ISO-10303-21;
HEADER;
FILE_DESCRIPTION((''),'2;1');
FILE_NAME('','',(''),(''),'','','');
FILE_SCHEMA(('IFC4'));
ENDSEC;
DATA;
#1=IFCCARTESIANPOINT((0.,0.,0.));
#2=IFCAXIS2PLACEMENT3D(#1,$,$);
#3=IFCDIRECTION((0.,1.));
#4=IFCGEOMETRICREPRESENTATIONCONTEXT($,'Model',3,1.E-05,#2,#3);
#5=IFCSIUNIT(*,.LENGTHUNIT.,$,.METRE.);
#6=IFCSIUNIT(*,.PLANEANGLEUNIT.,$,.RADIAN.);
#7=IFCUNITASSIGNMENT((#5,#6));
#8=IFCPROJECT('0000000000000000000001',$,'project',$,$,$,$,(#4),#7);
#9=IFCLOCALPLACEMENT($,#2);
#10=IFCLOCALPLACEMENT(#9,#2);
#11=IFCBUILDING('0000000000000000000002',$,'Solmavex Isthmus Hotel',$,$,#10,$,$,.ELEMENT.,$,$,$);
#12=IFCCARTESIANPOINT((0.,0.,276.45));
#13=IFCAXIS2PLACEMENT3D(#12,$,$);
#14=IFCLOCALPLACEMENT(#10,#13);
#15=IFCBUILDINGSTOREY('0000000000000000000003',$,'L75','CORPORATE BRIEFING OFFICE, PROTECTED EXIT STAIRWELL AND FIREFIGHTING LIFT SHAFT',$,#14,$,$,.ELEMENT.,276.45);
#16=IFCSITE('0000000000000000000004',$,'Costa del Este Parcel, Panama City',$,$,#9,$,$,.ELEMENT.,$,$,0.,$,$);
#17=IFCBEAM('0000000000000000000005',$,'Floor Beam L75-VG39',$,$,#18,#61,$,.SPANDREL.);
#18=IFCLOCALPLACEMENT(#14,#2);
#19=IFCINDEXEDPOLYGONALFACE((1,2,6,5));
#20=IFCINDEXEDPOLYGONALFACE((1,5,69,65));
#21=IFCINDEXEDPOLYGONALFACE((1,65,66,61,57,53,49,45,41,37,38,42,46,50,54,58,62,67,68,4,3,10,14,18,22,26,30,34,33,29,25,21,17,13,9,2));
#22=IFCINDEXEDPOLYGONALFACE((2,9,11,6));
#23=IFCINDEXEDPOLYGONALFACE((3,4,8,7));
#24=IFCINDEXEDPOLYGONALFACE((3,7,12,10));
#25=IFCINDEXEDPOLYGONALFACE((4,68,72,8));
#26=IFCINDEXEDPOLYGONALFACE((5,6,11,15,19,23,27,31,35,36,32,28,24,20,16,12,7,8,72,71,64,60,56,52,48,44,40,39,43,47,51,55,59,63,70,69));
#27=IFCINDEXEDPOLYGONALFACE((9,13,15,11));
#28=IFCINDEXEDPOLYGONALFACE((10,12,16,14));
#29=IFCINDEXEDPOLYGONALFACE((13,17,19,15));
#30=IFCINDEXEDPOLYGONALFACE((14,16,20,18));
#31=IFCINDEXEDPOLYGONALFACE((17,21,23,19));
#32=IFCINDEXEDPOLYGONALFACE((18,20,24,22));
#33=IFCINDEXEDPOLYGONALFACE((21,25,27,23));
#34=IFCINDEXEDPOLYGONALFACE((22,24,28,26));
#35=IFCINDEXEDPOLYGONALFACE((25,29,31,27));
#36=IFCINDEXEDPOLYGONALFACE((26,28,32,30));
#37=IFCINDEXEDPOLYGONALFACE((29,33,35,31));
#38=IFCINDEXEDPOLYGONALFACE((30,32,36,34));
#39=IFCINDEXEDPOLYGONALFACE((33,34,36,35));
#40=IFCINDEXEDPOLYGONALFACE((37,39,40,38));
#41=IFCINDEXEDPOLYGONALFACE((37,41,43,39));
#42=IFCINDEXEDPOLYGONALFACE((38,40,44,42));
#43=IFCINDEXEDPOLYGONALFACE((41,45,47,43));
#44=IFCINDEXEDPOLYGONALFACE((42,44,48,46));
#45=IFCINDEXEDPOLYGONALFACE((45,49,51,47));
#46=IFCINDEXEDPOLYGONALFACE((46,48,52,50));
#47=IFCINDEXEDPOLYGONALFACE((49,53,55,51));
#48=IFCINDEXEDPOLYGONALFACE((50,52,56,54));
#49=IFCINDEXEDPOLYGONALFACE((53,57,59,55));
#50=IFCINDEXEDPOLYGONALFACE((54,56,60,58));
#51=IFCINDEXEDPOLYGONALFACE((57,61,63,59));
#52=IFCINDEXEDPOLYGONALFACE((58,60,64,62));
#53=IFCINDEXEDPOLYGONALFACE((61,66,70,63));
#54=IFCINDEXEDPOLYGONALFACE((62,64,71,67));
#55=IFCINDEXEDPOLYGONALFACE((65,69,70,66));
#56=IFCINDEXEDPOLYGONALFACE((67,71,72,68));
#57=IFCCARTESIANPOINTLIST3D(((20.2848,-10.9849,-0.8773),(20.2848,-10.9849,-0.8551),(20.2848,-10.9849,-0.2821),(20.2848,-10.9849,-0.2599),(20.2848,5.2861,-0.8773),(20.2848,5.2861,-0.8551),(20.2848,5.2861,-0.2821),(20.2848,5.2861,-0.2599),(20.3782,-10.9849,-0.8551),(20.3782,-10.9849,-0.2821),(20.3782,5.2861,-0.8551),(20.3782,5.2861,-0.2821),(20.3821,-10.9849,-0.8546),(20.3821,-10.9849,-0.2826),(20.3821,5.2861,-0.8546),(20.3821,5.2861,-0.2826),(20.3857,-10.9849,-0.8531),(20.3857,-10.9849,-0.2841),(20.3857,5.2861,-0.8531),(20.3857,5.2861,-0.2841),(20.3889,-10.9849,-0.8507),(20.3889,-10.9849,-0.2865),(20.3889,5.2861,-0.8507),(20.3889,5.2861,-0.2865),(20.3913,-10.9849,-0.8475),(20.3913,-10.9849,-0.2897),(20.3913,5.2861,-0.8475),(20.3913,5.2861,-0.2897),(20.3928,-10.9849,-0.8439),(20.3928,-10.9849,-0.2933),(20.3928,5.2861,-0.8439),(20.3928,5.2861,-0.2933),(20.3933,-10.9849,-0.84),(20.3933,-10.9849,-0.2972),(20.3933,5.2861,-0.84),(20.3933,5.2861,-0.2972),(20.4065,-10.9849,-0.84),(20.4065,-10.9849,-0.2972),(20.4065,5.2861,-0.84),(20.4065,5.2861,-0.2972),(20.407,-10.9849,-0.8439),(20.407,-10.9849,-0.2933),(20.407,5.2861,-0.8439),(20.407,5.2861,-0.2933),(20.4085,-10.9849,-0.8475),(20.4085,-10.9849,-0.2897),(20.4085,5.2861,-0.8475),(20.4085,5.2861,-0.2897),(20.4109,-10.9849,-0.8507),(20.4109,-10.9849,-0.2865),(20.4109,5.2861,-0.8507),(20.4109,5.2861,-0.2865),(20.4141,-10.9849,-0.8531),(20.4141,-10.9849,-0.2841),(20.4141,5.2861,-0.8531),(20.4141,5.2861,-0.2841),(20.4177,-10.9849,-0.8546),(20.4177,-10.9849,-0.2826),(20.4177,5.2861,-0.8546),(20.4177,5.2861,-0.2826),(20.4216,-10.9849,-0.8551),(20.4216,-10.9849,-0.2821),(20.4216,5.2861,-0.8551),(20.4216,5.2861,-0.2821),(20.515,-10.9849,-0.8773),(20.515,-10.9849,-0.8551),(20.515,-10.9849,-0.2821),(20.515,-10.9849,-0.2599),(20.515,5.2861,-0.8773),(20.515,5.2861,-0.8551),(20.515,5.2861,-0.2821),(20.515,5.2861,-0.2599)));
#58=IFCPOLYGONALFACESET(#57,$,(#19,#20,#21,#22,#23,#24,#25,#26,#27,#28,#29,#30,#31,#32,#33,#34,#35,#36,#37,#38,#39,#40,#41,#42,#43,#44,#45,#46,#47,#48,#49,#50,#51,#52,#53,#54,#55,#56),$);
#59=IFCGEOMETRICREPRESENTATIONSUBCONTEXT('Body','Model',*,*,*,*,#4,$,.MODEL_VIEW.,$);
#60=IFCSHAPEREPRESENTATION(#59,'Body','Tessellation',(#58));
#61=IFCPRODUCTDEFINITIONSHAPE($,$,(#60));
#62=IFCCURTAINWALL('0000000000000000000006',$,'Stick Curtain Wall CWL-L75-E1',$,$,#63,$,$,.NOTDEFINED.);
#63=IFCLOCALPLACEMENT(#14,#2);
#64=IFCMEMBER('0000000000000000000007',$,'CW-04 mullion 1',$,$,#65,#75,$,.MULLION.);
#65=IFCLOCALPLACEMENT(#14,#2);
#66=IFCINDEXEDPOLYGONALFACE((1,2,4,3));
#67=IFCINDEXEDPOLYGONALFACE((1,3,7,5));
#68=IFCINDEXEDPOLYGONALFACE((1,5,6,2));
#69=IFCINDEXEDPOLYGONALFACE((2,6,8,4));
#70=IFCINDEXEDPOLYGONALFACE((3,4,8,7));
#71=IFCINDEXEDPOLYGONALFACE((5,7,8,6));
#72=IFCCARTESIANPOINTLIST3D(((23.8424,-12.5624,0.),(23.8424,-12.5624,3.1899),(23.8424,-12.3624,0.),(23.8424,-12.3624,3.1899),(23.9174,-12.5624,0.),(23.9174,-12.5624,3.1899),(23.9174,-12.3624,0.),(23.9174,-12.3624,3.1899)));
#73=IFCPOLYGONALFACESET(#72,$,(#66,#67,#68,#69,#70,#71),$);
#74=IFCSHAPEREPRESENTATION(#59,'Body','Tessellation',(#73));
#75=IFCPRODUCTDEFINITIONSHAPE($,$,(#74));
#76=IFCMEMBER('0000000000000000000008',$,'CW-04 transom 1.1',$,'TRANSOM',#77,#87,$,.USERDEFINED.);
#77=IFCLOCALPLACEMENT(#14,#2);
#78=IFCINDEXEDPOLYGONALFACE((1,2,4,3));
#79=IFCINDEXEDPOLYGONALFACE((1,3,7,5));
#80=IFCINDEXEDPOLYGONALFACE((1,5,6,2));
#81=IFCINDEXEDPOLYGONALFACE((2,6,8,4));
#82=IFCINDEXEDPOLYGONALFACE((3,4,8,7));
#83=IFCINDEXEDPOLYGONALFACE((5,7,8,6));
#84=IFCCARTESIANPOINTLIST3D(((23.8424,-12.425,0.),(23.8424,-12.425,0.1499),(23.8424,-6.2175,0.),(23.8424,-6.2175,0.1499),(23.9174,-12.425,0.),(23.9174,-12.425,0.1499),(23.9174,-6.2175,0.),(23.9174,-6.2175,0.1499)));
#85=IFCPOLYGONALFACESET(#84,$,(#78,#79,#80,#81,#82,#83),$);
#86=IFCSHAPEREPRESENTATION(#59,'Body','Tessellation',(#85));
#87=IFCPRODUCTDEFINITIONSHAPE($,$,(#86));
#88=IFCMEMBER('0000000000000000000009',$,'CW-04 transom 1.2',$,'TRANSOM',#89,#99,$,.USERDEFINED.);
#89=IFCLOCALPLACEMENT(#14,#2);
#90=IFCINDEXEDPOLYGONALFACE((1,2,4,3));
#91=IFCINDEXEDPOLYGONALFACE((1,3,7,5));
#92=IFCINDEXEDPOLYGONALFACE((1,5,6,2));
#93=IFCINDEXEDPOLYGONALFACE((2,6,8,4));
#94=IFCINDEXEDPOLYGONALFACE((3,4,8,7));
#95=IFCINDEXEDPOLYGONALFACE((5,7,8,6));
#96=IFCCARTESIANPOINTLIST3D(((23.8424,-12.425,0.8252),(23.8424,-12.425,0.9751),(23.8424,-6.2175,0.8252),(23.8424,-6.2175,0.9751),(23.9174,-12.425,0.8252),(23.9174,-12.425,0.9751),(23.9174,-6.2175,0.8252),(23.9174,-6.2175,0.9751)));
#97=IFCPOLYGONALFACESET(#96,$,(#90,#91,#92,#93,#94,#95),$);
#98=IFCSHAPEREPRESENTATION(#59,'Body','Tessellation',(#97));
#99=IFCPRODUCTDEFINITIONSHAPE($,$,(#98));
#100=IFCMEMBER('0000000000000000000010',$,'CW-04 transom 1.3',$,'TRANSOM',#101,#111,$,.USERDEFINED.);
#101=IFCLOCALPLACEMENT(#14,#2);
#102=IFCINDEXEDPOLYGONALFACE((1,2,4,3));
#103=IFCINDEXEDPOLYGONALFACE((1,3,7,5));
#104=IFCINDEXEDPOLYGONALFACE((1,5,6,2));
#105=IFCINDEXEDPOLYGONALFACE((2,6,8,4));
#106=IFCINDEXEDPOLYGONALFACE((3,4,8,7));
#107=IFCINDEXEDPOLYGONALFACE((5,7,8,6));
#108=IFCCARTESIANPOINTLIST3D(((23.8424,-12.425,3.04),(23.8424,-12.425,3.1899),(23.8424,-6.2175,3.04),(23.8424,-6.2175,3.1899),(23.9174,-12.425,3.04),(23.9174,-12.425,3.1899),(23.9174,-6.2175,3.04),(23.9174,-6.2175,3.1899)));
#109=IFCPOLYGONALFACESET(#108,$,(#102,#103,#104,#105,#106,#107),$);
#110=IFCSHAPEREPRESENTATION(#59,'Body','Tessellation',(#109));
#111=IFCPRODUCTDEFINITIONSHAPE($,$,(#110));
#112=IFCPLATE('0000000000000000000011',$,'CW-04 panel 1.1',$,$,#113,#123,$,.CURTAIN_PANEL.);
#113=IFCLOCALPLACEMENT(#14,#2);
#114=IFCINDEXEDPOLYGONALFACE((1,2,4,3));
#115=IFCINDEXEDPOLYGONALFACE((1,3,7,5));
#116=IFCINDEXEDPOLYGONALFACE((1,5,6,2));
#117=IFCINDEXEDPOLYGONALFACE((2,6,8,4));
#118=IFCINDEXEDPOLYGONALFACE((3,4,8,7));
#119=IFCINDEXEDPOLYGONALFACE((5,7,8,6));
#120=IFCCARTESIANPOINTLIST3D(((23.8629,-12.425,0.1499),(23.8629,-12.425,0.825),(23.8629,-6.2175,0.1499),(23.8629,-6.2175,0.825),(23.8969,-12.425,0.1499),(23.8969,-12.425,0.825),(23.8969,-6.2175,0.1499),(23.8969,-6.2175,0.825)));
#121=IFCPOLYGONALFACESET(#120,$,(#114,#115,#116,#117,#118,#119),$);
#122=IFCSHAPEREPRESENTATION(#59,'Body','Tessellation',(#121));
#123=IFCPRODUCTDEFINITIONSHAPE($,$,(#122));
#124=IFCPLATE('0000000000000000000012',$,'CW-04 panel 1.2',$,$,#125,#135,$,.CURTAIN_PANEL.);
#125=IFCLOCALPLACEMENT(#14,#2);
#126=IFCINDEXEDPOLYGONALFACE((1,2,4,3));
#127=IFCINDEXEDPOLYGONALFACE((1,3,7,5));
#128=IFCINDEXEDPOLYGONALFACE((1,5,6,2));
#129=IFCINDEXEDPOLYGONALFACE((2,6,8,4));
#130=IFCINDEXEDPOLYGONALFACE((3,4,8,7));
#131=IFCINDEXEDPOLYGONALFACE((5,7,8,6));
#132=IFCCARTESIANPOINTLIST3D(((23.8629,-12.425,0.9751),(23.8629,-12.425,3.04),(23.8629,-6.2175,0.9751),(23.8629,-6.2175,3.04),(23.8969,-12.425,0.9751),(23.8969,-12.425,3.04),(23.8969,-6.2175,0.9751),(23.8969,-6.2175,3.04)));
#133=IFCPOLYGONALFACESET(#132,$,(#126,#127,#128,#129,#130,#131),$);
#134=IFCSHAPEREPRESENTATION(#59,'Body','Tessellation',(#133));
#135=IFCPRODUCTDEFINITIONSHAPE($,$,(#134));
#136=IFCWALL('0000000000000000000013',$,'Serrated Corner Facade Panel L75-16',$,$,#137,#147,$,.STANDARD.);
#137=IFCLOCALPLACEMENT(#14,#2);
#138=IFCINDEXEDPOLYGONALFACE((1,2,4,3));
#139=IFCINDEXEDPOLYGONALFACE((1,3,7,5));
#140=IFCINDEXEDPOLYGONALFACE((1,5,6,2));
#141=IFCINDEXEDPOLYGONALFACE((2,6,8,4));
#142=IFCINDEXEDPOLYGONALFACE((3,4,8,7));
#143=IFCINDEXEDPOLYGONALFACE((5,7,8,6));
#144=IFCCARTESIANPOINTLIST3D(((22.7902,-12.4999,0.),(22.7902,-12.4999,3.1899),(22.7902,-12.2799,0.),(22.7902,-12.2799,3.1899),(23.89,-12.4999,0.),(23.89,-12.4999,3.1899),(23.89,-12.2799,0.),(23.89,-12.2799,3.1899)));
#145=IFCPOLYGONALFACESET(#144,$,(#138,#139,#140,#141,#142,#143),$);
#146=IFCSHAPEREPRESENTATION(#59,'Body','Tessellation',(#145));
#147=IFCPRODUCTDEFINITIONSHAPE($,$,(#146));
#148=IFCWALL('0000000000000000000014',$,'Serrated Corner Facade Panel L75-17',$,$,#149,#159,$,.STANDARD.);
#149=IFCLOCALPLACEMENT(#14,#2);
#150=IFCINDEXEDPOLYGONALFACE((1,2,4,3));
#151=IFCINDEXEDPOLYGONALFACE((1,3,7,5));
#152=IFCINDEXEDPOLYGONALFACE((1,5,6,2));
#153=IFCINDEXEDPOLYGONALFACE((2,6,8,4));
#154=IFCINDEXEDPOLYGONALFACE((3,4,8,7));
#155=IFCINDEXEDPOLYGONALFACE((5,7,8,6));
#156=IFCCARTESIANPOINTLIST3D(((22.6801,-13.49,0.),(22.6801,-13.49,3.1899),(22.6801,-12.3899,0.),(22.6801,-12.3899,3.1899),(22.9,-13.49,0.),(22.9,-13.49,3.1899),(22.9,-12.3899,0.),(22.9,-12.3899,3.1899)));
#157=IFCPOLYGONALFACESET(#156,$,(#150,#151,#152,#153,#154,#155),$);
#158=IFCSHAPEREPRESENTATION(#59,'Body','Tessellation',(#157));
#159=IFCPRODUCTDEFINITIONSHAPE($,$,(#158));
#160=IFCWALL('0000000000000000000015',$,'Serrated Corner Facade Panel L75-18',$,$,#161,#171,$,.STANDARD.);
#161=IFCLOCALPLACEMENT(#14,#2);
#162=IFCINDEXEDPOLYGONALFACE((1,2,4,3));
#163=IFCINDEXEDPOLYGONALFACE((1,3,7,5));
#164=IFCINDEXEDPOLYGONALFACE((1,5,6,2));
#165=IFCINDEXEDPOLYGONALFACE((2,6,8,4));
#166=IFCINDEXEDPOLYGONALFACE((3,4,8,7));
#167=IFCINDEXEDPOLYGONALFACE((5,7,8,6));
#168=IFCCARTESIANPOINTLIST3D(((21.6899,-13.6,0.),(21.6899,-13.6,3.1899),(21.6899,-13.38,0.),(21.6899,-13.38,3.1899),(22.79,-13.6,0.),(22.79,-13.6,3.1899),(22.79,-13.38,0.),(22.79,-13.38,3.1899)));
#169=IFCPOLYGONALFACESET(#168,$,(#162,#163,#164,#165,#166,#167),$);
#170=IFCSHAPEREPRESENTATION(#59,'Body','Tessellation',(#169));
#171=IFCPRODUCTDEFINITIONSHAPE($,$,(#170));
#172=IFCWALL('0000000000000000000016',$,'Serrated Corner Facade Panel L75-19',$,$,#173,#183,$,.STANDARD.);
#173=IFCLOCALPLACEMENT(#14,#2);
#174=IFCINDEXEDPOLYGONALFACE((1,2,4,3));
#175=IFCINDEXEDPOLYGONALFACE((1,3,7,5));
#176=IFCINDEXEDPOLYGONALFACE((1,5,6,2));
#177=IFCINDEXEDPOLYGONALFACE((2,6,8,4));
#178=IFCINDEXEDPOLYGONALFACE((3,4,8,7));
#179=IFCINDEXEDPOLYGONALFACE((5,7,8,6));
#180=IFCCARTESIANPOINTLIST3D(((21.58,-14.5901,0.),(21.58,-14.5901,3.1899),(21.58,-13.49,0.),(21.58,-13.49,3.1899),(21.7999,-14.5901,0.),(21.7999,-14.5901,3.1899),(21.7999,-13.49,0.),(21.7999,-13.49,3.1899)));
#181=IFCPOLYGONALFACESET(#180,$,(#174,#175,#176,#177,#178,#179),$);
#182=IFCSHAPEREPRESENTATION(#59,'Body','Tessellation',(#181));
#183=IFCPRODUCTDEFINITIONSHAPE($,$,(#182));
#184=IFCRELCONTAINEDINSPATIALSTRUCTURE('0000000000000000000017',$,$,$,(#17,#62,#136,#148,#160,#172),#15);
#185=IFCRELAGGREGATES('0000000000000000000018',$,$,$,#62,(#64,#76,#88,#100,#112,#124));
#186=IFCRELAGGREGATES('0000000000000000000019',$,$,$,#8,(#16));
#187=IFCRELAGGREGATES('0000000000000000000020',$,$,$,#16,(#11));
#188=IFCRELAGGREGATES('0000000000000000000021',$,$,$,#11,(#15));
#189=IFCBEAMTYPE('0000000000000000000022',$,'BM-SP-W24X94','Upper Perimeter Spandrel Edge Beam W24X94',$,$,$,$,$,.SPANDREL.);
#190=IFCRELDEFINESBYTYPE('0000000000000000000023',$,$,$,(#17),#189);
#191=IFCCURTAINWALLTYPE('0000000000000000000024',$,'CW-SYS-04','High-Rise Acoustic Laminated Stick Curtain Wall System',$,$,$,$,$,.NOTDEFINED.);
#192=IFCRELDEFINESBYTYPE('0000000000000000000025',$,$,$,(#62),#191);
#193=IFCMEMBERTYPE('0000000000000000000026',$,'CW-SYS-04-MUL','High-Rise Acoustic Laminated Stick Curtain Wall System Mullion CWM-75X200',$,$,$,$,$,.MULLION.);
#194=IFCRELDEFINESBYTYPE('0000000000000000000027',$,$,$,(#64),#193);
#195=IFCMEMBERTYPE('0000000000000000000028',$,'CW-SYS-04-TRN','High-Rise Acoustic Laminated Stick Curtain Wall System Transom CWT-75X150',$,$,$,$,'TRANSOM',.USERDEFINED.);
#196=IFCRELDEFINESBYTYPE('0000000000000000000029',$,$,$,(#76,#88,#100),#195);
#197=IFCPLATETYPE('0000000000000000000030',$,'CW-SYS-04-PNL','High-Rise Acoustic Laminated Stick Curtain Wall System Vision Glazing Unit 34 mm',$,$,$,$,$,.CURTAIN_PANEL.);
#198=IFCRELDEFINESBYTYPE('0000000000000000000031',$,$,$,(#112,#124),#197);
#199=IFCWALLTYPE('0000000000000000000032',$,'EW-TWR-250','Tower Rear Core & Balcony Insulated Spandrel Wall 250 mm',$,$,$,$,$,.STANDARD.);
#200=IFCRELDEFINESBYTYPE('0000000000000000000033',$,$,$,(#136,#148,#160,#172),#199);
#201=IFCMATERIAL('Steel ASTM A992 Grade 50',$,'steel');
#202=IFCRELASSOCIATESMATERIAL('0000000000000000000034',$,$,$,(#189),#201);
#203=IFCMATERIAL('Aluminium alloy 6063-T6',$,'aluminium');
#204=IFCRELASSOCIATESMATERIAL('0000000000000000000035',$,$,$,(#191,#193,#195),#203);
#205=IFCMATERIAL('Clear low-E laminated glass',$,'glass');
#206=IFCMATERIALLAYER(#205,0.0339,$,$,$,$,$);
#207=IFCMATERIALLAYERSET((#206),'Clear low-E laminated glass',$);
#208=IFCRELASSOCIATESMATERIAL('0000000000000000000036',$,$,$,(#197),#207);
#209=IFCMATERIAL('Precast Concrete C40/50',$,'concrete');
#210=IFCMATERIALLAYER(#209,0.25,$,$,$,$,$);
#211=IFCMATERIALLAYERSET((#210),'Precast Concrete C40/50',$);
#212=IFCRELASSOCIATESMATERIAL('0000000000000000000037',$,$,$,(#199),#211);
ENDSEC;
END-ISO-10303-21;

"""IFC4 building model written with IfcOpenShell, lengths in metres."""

from ifc_helpers import new_model, si_unit, direction, frame, frame_2d, origin, origin_2d, place, context, subcontext, project, spatial, rectangle, i_section, extrude, material, layer, layer_set, material_profile, profile_set, type_object, element, aggregate, save


model = new_model("IFC4")

# Units and contexts
model_context = context("Model", 3, precision=1e-05, world=origin(), true_north=direction((0.0, 1.0)))
body_context = subcontext(model_context, "Body", "Model", "MODEL_VIEW")
ifc_project = project(units=[si_unit("LENGTHUNIT", "METRE"), si_unit("PLANEANGLEUNIT", "RADIAN")], contexts=[model_context])

# Site, building, storey
site_placement = place(None, origin())
site = spatial("IfcSite", under=ifc_project, at=site_placement, Name="Costa del Este Parcel, Panama City", CompositionType="ELEMENT", RefElevation=0.0)
building_placement = place(site_placement, origin())
building = spatial("IfcBuilding", under=site, at=building_placement, Name="Solmavex Isthmus Hotel", CompositionType="ELEMENT")
storey_placement = place(building_placement, frame((0.0, 0.0, 276.45)))
storey = spatial("IfcBuildingStorey", under=building, at=storey_placement, Name="L75", Description="CORPORATE BRIEFING OFFICE, PROTECTED EXIT STAIRWELL AND FIREFIGHTING LIFT SHAFT", CompositionType="ELEMENT", Elevation=276.45)

# Beam
ifc_material_1 = material(Name="Steel ASTM A992 Grade 50", Category="steel")
ifc_material_profile_1 = material_profile(ifc_material_1, i_section(OverallWidth=0.2302, OverallDepth=0.6174, WebThickness=0.0132, FlangeThickness=0.0222, FilletRadius=0.0151, at=origin_2d()), Name="W24X94")
ifc_profile_set_1 = profile_set([ifc_material_profile_1], Name="Steel ASTM A992 Grade 50")
beam_type_1 = type_object("IfcBeamType", Name="BM-SP-W24X94", Description="Upper Perimeter Spandrel Edge Beam W24X94", PredefinedType="SPANDREL", material=ifc_profile_set_1)
beam_1_placement = place(storey_placement, frame((20.3999, -10.9849, -0.5686), z_axis=(0.0, 1.0, 0.0), x_axis=(-1.0, 0.0, 0.0)))
element("IfcBeam", 1, at=beam_1_placement, inside=storey, type_object=beam_type_1, Name="Floor Beam L75-VG39", PredefinedType="SPANDREL", context=body_context, shape_type="SweptSolid", body=[
    extrude(i_section(OverallWidth=0.2302, OverallDepth=0.6174, WebThickness=0.0132, FlangeThickness=0.0222, FilletRadius=0.0151, at=origin_2d()), origin(), (0.0, 0.0, 1.0), 16.271),
])

# Curtain wall, members, plates
ifc_material_2 = material(Name="Aluminium alloy 6063-T6", Category="aluminium")
curtain_wall_type = type_object("IfcCurtainWallType", Name="CW-SYS-04", Description="High-Rise Acoustic Laminated Stick Curtain Wall System", PredefinedType="NOTDEFINED", material=ifc_material_2)
curtain_wall_placement = place(storey_placement, origin())
curtain_wall = element("IfcCurtainWall", 2, at=curtain_wall_placement, inside=storey, type_object=curtain_wall_type, Name="Stick Curtain Wall CWL-L75-E1", PredefinedType="NOTDEFINED")
ifc_material_profile_2 = material_profile(ifc_material_2, rectangle(XDim=0.075, YDim=0.2, at=origin_2d()), Name="CWM-75X200")
ifc_profile_set_2 = profile_set([ifc_material_profile_2], Name="Aluminium alloy 6063-T6")
member_type_1 = type_object("IfcMemberType", Name="CW-SYS-04-MUL", Description="High-Rise Acoustic Laminated Stick Curtain Wall System Mullion CWM-75X200", PredefinedType="MULLION", material=ifc_profile_set_2)
member_1_placement = place(storey_placement, frame((23.8799, -12.4624, 0.0), z_axis=(0.0, 0.0, 1.0), x_axis=(-1.0, 0.0, 0.0)))
member_1 = element("IfcMember", 3, at=member_1_placement, type_object=member_type_1, Name="CW-04 mullion 1", PredefinedType="MULLION", context=body_context, shape_type="SweptSolid", body=[
    extrude(rectangle(XDim=0.075, YDim=0.2, at=origin_2d()), origin(), (0.0, 0.0, 1.0), 3.1899),
])
ifc_material_profile_3 = material_profile(ifc_material_2, rectangle(XDim=0.075, YDim=0.1499, at=origin_2d()), Name="CWT-75X150")
ifc_profile_set_3 = profile_set([ifc_material_profile_3], Name="Aluminium alloy 6063-T6")
member_type_2 = type_object("IfcMemberType", Name="CW-SYS-04-TRN", Description="High-Rise Acoustic Laminated Stick Curtain Wall System Transom CWT-75X150", ElementType="TRANSOM", PredefinedType="USERDEFINED", material=ifc_profile_set_3)
member_2_placement = place(storey_placement, frame((23.8799, -12.425, 0.075), z_axis=(0.0, 1.0, 0.0), x_axis=(-1.0, 0.0, 0.0)))
member_2 = element("IfcMember", 4, at=member_2_placement, type_object=member_type_2, Name="CW-04 transom 1.1", ObjectType="TRANSOM", PredefinedType="USERDEFINED", context=body_context, shape_type="SweptSolid", body=[
    extrude(rectangle(XDim=0.075, YDim=0.1499, at=origin_2d()), origin(), (0.0, 0.0, 1.0), 6.2075),
])
member_3_placement = place(storey_placement, frame((23.8799, -12.425, 0.9001), z_axis=(0.0, 1.0, 0.0), x_axis=(-1.0, 0.0, 0.0)))
member_3 = element("IfcMember", 5, at=member_3_placement, type_object=member_type_2, Name="CW-04 transom 1.2", ObjectType="TRANSOM", PredefinedType="USERDEFINED", context=body_context, shape_type="SweptSolid", body=[
    extrude(rectangle(XDim=0.075, YDim=0.1499, at=origin_2d()), origin(), (0.0, 0.0, 1.0), 6.2075),
])
member_4_placement = place(storey_placement, frame((23.8799, -12.425, 3.115), z_axis=(0.0, 1.0, 0.0), x_axis=(-1.0, 0.0, 0.0)))
member_4 = element("IfcMember", 6, at=member_4_placement, type_object=member_type_2, Name="CW-04 transom 1.3", ObjectType="TRANSOM", PredefinedType="USERDEFINED", context=body_context, shape_type="SweptSolid", body=[
    extrude(rectangle(XDim=0.075, YDim=0.1499, at=origin_2d()), origin(), (0.0, 0.0, 1.0), 6.2075),
])
ifc_material_3 = material(Name="Clear low-E laminated glass", Category="glass")
ifc_layer_1 = layer(ifc_material_3, 0.0339)
ifc_layer_set_1 = layer_set([ifc_layer_1], Name="Clear low-E laminated glass")
plate_type = type_object("IfcPlateType", Name="CW-SYS-04-PNL", Description="High-Rise Acoustic Laminated Stick Curtain Wall System Vision Glazing Unit 34 mm", PredefinedType="CURTAIN_PANEL", material=ifc_layer_set_1)
plate_1_placement = place(storey_placement, frame((23.8799, -9.3213, 0.1499), z_axis=(0.0, 0.0, 1.0), x_axis=(0.0, 1.0, 0.0)))
plate_1 = element("IfcPlate", 7, at=plate_1_placement, type_object=plate_type, Name="CW-04 panel 1.1", PredefinedType="CURTAIN_PANEL", context=body_context, shape_type="SweptSolid", body=[
    extrude(rectangle(XDim=6.2075, YDim=0.0339, at=origin_2d()), origin(), (0.0, 0.0, 1.0), 0.675),
])
plate_2_placement = place(storey_placement, frame((23.8799, -9.3213, 0.9751), z_axis=(0.0, 0.0, 1.0), x_axis=(0.0, 1.0, 0.0)))
plate_2 = element("IfcPlate", 8, at=plate_2_placement, type_object=plate_type, Name="CW-04 panel 1.2", PredefinedType="CURTAIN_PANEL", context=body_context, shape_type="SweptSolid", body=[
    extrude(rectangle(XDim=6.2075, YDim=0.0339, at=origin_2d()), origin(), (0.0, 0.0, 1.0), 2.0649),
])
aggregate(curtain_wall, [member_1, member_2, member_3, member_4, plate_1, plate_2])

# Walls
ifc_material_4 = material(Name="Precast Concrete C40/50", Category="concrete")
ifc_layer_2 = layer(ifc_material_4, 0.25)
ifc_layer_set_2 = layer_set([ifc_layer_2], Name="Precast Concrete C40/50")
wall_type_1 = type_object("IfcWallType", Name="EW-TWR-250", Description="Tower Rear Core & Balcony Insulated Spandrel Wall 250 mm", PredefinedType="STANDARD", material=ifc_layer_set_2)
wall_1_placement = place(storey_placement, frame((23.8899, -12.3899, 0.0), z_axis=(0.0, 0.0, 1.0), x_axis=(-1.0, 0.0, 0.0)))
element("IfcWall", 9, at=wall_1_placement, inside=storey, type_object=wall_type_1, Name="Serrated Corner Facade Panel L75-16", PredefinedType="STANDARD", context=body_context, shape_type="SweptSolid", body=[
    extrude(rectangle(XDim=1.0999, YDim=0.22, at=frame_2d((0.5498, 0.0))), origin(), (0.0, 0.0, 1.0), 3.1899),
])
for number, where, z_axis, x_axis, name in (
    (10, (22.79, -12.3899, 0.0), (0.0, 0.0, 1.0), (0.0, -1.0, 0.0), "Serrated Corner Facade Panel L75-17"),
    (11, (22.79, -13.49, 0.0), (0.0, 0.0, 1.0), (-1.0, 0.0, 0.0), "Serrated Corner Facade Panel L75-18"),
    (12, (21.6899, -13.49, 0.0), (0.0, 0.0, 1.0), (0.0, -1.0, 0.0), "Serrated Corner Facade Panel L75-19"),
):
    element("IfcWall", number, at=place(storey_placement, frame(where, z_axis=z_axis, x_axis=x_axis)), inside=storey, type_object=wall_type_1, Name=name, PredefinedType="STANDARD", context=body_context, shape_type="SweptSolid", body=[
        extrude(rectangle(XDim=1.1001, YDim=0.22, at=frame_2d((0.55, 0.0))), origin(), (0.0, 0.0, 1.0), 3.1899),
    ])

save(model, "model.ifc")
